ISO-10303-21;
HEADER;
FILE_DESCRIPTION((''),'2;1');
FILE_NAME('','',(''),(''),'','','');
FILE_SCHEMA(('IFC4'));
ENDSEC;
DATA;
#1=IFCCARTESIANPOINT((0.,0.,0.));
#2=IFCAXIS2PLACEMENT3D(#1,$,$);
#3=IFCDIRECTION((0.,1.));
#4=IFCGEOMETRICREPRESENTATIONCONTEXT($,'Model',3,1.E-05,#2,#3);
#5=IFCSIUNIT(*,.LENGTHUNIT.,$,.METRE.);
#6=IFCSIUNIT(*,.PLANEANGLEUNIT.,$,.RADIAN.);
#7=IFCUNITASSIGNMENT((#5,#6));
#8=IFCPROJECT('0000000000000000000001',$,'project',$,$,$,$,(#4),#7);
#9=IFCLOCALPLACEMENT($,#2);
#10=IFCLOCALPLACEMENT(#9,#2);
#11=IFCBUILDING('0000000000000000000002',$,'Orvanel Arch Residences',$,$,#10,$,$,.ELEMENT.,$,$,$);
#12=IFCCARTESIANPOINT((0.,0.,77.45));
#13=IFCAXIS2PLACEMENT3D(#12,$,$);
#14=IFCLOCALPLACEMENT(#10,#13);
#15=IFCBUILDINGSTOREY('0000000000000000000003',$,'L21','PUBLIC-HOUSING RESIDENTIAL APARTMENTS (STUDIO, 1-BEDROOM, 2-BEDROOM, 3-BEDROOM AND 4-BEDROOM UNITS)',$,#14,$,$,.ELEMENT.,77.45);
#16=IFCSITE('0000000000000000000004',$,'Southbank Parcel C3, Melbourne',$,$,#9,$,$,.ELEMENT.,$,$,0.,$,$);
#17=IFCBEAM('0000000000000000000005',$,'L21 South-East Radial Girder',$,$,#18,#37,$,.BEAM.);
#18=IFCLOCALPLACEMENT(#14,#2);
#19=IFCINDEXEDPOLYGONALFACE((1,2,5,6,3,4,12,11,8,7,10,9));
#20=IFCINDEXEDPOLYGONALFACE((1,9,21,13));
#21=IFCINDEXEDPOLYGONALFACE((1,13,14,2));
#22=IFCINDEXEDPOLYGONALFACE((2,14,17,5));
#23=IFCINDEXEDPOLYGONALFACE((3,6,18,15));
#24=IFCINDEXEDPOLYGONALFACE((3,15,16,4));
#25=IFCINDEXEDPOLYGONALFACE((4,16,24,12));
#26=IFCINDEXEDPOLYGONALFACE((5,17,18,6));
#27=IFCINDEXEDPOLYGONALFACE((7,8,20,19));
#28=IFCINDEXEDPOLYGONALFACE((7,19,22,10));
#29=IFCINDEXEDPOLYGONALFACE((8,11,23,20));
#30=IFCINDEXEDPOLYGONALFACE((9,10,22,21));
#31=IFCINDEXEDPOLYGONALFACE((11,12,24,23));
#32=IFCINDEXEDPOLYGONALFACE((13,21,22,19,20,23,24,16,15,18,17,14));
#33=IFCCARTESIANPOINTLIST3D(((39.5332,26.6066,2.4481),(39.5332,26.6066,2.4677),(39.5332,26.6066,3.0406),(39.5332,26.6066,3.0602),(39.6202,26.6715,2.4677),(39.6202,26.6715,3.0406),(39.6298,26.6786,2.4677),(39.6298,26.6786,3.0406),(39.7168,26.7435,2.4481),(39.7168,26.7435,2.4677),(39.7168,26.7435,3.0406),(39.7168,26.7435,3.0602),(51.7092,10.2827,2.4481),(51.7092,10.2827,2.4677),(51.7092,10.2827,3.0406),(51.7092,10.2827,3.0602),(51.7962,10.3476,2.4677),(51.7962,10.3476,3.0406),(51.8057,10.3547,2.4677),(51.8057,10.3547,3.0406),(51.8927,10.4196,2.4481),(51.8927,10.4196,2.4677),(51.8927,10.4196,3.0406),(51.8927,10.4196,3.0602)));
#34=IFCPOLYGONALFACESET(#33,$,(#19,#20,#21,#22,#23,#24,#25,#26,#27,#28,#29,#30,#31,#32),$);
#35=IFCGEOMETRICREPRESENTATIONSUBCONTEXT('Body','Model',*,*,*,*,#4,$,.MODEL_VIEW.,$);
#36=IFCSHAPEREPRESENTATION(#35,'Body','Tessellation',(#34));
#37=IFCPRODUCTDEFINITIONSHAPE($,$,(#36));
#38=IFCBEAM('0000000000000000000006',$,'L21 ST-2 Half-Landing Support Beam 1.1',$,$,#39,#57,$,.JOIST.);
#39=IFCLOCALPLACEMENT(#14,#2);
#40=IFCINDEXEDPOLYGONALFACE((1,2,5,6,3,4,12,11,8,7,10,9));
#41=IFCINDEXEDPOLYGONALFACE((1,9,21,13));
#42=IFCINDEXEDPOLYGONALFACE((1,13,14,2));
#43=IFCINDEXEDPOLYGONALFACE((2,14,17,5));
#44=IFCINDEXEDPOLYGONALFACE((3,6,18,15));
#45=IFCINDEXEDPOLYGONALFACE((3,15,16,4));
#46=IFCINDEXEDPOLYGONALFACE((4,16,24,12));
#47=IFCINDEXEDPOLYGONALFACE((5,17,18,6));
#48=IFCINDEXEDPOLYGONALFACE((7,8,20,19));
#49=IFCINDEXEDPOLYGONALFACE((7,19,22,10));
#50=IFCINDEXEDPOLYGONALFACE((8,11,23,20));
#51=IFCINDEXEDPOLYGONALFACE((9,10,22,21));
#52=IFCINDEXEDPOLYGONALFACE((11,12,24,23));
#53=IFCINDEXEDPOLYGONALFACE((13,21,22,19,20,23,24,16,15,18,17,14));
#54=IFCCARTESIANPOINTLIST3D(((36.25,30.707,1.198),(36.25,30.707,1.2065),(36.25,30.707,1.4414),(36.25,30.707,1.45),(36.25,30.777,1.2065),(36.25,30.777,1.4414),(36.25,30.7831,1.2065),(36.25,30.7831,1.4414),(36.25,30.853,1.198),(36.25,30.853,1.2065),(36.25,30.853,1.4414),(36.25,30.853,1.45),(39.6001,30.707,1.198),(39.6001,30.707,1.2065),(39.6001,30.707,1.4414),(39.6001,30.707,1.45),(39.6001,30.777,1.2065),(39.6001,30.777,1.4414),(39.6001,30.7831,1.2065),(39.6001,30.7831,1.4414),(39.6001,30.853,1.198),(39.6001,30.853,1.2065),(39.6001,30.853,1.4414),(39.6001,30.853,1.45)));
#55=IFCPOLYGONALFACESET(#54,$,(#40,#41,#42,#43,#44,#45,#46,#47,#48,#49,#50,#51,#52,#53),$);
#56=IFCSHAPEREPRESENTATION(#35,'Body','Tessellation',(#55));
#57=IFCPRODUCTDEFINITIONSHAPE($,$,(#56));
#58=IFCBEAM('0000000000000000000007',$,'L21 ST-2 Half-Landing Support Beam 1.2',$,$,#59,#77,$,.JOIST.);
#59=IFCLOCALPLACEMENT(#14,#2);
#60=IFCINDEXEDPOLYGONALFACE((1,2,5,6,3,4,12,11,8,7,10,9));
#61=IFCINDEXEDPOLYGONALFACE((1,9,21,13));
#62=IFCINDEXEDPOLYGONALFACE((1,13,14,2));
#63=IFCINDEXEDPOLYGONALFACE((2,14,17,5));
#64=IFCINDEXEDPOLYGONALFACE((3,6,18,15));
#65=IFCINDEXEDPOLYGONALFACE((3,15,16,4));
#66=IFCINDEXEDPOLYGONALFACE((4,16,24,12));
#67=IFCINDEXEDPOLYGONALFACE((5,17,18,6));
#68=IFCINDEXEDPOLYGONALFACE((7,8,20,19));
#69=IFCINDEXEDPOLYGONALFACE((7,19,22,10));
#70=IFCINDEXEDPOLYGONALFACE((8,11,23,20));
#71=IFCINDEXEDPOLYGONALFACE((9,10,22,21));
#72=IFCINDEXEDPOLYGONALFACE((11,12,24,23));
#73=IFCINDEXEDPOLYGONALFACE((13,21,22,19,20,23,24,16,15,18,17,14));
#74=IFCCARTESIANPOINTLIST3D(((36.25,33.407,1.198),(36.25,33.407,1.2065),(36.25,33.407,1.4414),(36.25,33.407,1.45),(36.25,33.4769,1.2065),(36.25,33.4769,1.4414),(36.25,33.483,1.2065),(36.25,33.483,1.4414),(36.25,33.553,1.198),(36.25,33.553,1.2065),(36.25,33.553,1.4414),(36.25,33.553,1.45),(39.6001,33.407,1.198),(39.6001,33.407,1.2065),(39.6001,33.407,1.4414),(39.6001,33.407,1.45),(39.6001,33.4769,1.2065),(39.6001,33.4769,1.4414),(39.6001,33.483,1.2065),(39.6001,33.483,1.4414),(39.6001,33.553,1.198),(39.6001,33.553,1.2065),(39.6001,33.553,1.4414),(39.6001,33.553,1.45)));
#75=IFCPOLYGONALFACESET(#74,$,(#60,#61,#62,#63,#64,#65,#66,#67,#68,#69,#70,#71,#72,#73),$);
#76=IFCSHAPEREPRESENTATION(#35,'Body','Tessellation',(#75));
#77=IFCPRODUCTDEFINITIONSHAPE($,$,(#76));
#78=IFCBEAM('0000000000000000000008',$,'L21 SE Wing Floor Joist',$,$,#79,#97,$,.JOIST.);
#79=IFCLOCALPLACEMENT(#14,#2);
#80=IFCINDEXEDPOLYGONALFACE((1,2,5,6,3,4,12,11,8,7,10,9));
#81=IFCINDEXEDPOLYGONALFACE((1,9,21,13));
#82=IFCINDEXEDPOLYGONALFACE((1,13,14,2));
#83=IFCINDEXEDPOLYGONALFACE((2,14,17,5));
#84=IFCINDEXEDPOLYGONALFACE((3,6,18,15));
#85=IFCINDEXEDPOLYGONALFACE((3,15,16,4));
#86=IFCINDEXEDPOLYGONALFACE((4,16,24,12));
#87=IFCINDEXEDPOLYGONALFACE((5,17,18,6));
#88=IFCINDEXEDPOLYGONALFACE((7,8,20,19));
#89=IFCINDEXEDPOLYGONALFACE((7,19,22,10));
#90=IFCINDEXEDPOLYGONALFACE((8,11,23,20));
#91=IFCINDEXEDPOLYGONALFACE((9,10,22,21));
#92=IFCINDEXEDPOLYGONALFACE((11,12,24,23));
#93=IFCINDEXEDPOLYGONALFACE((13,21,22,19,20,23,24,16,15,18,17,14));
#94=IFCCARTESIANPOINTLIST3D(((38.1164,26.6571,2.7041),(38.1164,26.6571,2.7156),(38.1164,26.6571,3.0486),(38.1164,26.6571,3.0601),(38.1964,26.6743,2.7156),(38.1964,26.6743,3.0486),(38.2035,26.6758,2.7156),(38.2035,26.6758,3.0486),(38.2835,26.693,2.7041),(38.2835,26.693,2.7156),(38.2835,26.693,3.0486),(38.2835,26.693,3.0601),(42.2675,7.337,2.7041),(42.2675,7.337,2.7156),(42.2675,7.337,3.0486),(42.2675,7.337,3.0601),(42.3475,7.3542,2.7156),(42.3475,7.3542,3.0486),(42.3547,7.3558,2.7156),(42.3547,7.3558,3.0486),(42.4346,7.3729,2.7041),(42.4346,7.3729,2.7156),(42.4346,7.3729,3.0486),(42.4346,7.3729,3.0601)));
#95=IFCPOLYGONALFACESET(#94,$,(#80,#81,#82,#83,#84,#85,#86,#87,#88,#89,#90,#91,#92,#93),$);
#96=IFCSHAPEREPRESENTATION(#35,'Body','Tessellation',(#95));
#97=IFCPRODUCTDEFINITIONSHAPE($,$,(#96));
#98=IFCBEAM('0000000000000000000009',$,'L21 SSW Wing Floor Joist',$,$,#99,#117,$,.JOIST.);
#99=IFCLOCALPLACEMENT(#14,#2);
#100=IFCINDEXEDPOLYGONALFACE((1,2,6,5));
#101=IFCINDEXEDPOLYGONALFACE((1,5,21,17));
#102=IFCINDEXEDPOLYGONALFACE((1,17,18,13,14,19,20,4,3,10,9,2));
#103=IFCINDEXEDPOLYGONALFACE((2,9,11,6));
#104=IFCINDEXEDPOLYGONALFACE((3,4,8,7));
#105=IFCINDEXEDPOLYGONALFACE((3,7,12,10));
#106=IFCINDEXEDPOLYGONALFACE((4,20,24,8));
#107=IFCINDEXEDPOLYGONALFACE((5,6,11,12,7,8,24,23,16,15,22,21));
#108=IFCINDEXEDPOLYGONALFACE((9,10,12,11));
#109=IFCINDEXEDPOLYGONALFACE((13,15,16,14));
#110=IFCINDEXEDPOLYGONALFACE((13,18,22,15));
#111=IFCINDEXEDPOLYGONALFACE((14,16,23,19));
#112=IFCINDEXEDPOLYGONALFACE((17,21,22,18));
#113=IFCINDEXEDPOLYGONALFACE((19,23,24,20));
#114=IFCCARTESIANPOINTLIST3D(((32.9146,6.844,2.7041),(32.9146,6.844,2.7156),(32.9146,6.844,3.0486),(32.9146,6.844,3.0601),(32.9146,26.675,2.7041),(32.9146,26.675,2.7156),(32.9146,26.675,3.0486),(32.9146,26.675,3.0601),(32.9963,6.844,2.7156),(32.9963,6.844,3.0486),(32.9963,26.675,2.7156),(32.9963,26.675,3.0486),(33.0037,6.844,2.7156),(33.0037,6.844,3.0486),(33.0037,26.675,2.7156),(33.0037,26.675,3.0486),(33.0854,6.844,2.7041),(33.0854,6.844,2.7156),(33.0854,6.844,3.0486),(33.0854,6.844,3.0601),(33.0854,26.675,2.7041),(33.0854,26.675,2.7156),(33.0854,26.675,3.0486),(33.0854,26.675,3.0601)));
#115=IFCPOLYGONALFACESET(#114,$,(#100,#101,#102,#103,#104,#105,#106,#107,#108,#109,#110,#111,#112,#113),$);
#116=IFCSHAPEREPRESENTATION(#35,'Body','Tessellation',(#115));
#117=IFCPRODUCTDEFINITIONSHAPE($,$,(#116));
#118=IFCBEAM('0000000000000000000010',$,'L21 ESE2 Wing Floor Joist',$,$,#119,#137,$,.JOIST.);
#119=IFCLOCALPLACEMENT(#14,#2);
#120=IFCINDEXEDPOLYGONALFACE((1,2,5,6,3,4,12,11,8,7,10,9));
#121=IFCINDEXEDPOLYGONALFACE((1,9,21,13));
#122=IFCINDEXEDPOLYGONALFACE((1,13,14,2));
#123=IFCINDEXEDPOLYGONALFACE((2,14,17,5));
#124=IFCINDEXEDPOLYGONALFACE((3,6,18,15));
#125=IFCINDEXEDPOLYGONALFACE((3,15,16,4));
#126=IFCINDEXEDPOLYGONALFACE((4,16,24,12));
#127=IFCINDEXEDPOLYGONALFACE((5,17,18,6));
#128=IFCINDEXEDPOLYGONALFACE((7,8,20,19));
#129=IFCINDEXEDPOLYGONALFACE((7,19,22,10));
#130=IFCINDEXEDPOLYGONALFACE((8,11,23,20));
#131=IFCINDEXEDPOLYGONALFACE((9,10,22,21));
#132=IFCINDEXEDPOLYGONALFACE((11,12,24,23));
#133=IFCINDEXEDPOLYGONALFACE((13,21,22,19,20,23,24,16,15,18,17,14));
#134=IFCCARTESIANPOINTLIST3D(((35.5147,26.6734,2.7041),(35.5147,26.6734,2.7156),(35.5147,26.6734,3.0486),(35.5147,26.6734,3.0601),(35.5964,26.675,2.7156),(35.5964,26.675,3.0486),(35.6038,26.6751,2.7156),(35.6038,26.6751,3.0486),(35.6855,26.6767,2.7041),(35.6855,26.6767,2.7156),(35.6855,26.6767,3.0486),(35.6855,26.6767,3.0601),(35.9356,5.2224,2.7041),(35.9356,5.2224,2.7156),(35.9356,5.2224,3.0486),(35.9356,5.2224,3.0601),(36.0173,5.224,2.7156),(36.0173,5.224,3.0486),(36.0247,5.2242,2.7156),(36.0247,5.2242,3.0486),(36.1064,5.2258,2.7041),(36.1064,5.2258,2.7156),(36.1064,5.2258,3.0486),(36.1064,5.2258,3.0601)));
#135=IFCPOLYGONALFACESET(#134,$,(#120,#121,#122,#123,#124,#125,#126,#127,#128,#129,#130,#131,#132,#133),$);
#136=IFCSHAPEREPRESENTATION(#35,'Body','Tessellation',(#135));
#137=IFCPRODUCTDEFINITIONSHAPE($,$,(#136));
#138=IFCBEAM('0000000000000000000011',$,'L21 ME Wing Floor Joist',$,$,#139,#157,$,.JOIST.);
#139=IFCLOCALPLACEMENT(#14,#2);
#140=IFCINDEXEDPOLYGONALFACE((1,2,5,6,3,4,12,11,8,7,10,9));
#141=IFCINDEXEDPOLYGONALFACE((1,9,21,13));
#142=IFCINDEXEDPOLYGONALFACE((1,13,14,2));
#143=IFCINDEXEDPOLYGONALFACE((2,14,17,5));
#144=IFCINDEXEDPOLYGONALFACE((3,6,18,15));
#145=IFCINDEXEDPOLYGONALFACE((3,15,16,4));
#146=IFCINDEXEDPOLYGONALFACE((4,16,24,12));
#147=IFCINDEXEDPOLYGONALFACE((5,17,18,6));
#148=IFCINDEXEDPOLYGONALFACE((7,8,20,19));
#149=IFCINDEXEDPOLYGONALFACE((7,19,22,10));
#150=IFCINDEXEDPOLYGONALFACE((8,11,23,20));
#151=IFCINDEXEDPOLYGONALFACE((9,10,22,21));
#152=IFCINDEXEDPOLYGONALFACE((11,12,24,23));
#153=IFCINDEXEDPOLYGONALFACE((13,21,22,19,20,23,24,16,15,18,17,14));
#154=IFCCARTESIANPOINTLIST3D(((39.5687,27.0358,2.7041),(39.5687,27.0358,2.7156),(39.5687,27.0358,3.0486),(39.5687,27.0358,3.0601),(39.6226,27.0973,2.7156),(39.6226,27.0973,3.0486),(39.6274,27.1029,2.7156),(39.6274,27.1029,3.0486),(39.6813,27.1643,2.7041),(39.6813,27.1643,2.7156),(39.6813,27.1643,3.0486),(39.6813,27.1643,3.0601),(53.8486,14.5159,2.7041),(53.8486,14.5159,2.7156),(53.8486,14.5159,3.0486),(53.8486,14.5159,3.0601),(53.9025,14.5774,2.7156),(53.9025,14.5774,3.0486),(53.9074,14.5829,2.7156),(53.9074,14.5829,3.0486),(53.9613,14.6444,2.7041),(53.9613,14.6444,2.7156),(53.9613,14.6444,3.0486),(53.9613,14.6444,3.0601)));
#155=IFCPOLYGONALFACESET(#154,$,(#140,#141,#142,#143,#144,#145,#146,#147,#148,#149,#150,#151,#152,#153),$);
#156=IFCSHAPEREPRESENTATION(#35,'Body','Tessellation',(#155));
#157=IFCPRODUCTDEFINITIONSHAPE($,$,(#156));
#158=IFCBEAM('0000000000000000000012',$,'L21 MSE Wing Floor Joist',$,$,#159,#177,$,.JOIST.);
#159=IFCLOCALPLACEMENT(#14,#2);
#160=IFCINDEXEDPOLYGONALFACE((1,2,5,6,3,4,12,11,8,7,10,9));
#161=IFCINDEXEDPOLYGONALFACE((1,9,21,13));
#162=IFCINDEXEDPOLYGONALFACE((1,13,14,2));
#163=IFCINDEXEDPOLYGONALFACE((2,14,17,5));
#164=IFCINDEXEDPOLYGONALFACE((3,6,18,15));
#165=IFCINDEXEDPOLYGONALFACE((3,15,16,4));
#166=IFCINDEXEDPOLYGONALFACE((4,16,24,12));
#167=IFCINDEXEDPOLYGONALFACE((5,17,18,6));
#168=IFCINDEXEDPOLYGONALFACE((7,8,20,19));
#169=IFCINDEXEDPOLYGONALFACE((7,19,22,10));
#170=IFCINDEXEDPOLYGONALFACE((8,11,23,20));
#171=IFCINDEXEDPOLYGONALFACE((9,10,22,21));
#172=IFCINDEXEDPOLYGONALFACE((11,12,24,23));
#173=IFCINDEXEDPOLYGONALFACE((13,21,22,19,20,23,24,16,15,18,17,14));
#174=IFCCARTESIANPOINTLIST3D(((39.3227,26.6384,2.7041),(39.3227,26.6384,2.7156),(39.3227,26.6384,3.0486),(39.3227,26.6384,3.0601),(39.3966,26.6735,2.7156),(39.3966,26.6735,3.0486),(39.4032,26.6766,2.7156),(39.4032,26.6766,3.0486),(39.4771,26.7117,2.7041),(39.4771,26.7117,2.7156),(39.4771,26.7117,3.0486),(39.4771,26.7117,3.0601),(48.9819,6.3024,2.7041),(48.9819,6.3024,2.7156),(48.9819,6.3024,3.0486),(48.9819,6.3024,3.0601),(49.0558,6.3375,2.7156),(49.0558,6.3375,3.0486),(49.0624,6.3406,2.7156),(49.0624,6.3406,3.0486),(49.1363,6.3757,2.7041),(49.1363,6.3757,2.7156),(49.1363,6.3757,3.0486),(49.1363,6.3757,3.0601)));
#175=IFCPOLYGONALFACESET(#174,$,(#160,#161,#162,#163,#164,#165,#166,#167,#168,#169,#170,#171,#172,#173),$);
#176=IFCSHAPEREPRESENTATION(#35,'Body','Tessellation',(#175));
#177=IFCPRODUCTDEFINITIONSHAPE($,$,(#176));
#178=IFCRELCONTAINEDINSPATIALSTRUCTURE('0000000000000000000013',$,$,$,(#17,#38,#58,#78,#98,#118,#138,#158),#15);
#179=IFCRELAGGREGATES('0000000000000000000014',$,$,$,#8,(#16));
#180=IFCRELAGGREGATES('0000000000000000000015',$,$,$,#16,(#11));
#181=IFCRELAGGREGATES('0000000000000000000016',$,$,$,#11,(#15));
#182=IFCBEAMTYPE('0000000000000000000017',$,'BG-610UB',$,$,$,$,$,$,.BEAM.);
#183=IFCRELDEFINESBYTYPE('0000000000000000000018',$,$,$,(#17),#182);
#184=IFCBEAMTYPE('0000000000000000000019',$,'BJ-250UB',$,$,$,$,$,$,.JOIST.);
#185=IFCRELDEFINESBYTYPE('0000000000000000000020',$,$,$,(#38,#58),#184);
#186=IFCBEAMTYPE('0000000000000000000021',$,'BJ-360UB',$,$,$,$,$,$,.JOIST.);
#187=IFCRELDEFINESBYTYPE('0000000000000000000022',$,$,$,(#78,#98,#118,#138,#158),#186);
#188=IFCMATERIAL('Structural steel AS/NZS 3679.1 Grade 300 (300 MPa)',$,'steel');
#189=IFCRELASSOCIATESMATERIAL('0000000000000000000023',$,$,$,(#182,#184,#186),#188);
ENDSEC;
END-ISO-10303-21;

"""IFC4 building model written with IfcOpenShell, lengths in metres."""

from ifc_helpers import new_model, si_unit, direction, frame, origin, origin_2d, place, context, subcontext, project, spatial, i_section, extrude, material, material_profile, profile_set, type_object, element, save


model = new_model("IFC4")

# Units and contexts
model_context = context("Model", 3, precision=1e-05, world=origin(), true_north=direction((0.0, 1.0)))
body_context = subcontext(model_context, "Body", "Model", "MODEL_VIEW")
ifc_project = project(units=[si_unit("LENGTHUNIT", "METRE"), si_unit("PLANEANGLEUNIT", "RADIAN")], contexts=[model_context])

# Site, building, storey
site_placement = place(None, origin())
site = spatial("IfcSite", under=ifc_project, at=site_placement, Name="Southbank Parcel C3, Melbourne", CompositionType="ELEMENT", RefElevation=0.0)
building_placement = place(site_placement, origin())
building = spatial("IfcBuilding", under=site, at=building_placement, Name="Orvanel Arch Residences", CompositionType="ELEMENT")
storey_placement = place(building_placement, frame((0.0, 0.0, 77.45)))
storey = spatial("IfcBuildingStorey", under=building, at=storey_placement, Name="L21", Description="PUBLIC-HOUSING RESIDENTIAL APARTMENTS (STUDIO, 1-BEDROOM, 2-BEDROOM, 3-BEDROOM AND 4-BEDROOM UNITS)", CompositionType="ELEMENT", Elevation=77.45)

# Beams
ifc_material_1 = material(Name="Structural steel AS/NZS 3679.1 Grade 300 (300 MPa)", Category="steel")
ifc_material_profile_1 = material_profile(ifc_material_1, i_section(OverallWidth=0.229, OverallDepth=0.6121, WebThickness=0.012, FlangeThickness=0.0195, at=origin_2d()), Name="610UB125")
ifc_profile_set_1 = profile_set([ifc_material_profile_1], Name="Structural steel AS/NZS 3679.1 Grade 300 (300 MPa)")
beam_type_1 = type_object("IfcBeamType", Name="BG-610UB", PredefinedType="BEAM", material=ifc_profile_set_1)
beam_1_placement = place(storey_placement, frame((39.625, 26.675, 2.7542), z_axis=(0.597894, -0.801575, 0.0), x_axis=(0.801575, 0.597894, 0.0)))
element("IfcBeam", 1, at=beam_1_placement, inside=storey, type_object=beam_type_1, Name="L21 South-East Radial Girder", PredefinedType="BEAM", context=body_context, shape_type="SweptSolid", body=[
    extrude(i_section(OverallWidth=0.229, OverallDepth=0.6121, WebThickness=0.012, FlangeThickness=0.0195, at=origin_2d()), origin(), (0.0, 0.0, 1.0), 20.3647),
])
ifc_material_profile_2 = material_profile(ifc_material_1, i_section(OverallWidth=0.146, OverallDepth=0.252, WebThickness=0.0061, FlangeThickness=0.0085, at=origin_2d()), Name="250UB31.4")
ifc_profile_set_2 = profile_set([ifc_material_profile_2], Name="Structural steel AS/NZS 3679.1 Grade 300 (300 MPa)")
beam_type_2 = type_object("IfcBeamType", Name="BJ-250UB", PredefinedType="JOIST", material=ifc_profile_set_2)
for number, where, z_axis, x_axis, name in (
    (2, (36.25, 30.78, 1.324), (1.0, 0.0, 0.0), (0.0, 1.0, 0.0), "L21 ST-2 Half-Landing Support Beam 1.1"),
    (3, (36.25, 33.48, 1.324), (1.0, 0.0, 0.0), (0.0, 1.0, 0.0), "L21 ST-2 Half-Landing Support Beam 1.2"),
):
    element("IfcBeam", number, at=place(storey_placement, frame(where, z_axis=z_axis, x_axis=x_axis)), inside=storey, type_object=beam_type_2, Name=name, PredefinedType="JOIST", context=body_context, shape_type="SweptSolid", body=[
        extrude(i_section(OverallWidth=0.146, OverallDepth=0.252, WebThickness=0.0061, FlangeThickness=0.0085, at=origin_2d()), origin(), (0.0, 0.0, 1.0), 3.3501),
    ])
ifc_material_profile_3 = material_profile(ifc_material_1, i_section(OverallWidth=0.1709, OverallDepth=0.356, WebThickness=0.0073, FlangeThickness=0.0115, at=origin_2d()), Name="360UB50.7")
ifc_profile_set_3 = profile_set([ifc_material_profile_3], Name="Structural steel AS/NZS 3679.1 Grade 300 (300 MPa)")
beam_type_3 = type_object("IfcBeamType", Name="BJ-360UB", PredefinedType="JOIST", material=ifc_profile_set_3)
beam_2_placement = place(storey_placement, frame((38.2, 26.675, 2.8821), z_axis=(0.210067, -0.977687, 0.0), x_axis=(0.977687, 0.210067, 0.0)))
element("IfcBeam", 4, at=beam_2_placement, inside=storey, type_object=beam_type_3, Name="L21 SE Wing Floor Joist", PredefinedType="JOIST", context=body_context, shape_type="SweptSolid", body=[
    extrude(i_section(OverallWidth=0.1709, OverallDepth=0.356, WebThickness=0.0073, FlangeThickness=0.0115, at=origin_2d()), origin(), (0.0, 0.0, 1.0), 19.761),
])
beam_3_placement = place(storey_placement, frame((33.0, 26.675, 2.8821), z_axis=(0.0, -1.0, 0.0), x_axis=(1.0, 0.0, 0.0)))
element("IfcBeam", 5, at=beam_3_placement, inside=storey, type_object=beam_type_3, Name="L21 SSW Wing Floor Joist", PredefinedType="JOIST", context=body_context, shape_type="SweptSolid", body=[
    extrude(i_section(OverallWidth=0.1709, OverallDepth=0.356, WebThickness=0.0073, FlangeThickness=0.0115, at=origin_2d()), origin(), (0.0, 0.0, 1.0), 19.8311),
])
beam_4_placement = place(storey_placement, frame((35.6001, 26.675, 2.8821), z_axis=(0.019618, -0.999808, 0.0), x_axis=(0.999808, 0.019618, 0.0)))
element("IfcBeam", 6, at=beam_4_placement, inside=storey, type_object=beam_type_3, Name="L21 ESE2 Wing Floor Joist", PredefinedType="JOIST", context=body_context, shape_type="SweptSolid", body=[
    extrude(i_section(OverallWidth=0.1709, OverallDepth=0.356, WebThickness=0.0073, FlangeThickness=0.0115, at=origin_2d()), origin(), (0.0, 0.0, 1.0), 21.4551),
])
beam_5_placement = place(storey_placement, frame((39.625, 27.1001, 2.8821), z_axis=(0.751924, -0.65925, 0.0), x_axis=(0.65925, 0.751924, 0.0)))
element("IfcBeam", 7, at=beam_5_placement, inside=storey, type_object=beam_type_3, Name="L21 ME Wing Floor Joist", PredefinedType="JOIST", context=body_context, shape_type="SweptSolid", body=[
    extrude(i_section(OverallWidth=0.1709, OverallDepth=0.356, WebThickness=0.0073, FlangeThickness=0.0115, at=origin_2d()), origin(), (0.0, 0.0, 1.0), 18.9912),
])
beam_6_placement = place(storey_placement, frame((39.3999, 26.675, 2.8821), z_axis=(0.429043, -0.903284, 0.0), x_axis=(0.903284, 0.429043, 0.0)))
element("IfcBeam", 8, at=beam_6_placement, inside=storey, type_object=beam_type_3, Name="L21 MSE Wing Floor Joist", PredefinedType="JOIST", context=body_context, shape_type="SweptSolid", body=[
    extrude(i_section(OverallWidth=0.1709, OverallDepth=0.356, WebThickness=0.0073, FlangeThickness=0.0115, at=origin_2d()), origin(), (0.0, 0.0, 1.0), 22.5134),
])

save(model, "model.ifc")
